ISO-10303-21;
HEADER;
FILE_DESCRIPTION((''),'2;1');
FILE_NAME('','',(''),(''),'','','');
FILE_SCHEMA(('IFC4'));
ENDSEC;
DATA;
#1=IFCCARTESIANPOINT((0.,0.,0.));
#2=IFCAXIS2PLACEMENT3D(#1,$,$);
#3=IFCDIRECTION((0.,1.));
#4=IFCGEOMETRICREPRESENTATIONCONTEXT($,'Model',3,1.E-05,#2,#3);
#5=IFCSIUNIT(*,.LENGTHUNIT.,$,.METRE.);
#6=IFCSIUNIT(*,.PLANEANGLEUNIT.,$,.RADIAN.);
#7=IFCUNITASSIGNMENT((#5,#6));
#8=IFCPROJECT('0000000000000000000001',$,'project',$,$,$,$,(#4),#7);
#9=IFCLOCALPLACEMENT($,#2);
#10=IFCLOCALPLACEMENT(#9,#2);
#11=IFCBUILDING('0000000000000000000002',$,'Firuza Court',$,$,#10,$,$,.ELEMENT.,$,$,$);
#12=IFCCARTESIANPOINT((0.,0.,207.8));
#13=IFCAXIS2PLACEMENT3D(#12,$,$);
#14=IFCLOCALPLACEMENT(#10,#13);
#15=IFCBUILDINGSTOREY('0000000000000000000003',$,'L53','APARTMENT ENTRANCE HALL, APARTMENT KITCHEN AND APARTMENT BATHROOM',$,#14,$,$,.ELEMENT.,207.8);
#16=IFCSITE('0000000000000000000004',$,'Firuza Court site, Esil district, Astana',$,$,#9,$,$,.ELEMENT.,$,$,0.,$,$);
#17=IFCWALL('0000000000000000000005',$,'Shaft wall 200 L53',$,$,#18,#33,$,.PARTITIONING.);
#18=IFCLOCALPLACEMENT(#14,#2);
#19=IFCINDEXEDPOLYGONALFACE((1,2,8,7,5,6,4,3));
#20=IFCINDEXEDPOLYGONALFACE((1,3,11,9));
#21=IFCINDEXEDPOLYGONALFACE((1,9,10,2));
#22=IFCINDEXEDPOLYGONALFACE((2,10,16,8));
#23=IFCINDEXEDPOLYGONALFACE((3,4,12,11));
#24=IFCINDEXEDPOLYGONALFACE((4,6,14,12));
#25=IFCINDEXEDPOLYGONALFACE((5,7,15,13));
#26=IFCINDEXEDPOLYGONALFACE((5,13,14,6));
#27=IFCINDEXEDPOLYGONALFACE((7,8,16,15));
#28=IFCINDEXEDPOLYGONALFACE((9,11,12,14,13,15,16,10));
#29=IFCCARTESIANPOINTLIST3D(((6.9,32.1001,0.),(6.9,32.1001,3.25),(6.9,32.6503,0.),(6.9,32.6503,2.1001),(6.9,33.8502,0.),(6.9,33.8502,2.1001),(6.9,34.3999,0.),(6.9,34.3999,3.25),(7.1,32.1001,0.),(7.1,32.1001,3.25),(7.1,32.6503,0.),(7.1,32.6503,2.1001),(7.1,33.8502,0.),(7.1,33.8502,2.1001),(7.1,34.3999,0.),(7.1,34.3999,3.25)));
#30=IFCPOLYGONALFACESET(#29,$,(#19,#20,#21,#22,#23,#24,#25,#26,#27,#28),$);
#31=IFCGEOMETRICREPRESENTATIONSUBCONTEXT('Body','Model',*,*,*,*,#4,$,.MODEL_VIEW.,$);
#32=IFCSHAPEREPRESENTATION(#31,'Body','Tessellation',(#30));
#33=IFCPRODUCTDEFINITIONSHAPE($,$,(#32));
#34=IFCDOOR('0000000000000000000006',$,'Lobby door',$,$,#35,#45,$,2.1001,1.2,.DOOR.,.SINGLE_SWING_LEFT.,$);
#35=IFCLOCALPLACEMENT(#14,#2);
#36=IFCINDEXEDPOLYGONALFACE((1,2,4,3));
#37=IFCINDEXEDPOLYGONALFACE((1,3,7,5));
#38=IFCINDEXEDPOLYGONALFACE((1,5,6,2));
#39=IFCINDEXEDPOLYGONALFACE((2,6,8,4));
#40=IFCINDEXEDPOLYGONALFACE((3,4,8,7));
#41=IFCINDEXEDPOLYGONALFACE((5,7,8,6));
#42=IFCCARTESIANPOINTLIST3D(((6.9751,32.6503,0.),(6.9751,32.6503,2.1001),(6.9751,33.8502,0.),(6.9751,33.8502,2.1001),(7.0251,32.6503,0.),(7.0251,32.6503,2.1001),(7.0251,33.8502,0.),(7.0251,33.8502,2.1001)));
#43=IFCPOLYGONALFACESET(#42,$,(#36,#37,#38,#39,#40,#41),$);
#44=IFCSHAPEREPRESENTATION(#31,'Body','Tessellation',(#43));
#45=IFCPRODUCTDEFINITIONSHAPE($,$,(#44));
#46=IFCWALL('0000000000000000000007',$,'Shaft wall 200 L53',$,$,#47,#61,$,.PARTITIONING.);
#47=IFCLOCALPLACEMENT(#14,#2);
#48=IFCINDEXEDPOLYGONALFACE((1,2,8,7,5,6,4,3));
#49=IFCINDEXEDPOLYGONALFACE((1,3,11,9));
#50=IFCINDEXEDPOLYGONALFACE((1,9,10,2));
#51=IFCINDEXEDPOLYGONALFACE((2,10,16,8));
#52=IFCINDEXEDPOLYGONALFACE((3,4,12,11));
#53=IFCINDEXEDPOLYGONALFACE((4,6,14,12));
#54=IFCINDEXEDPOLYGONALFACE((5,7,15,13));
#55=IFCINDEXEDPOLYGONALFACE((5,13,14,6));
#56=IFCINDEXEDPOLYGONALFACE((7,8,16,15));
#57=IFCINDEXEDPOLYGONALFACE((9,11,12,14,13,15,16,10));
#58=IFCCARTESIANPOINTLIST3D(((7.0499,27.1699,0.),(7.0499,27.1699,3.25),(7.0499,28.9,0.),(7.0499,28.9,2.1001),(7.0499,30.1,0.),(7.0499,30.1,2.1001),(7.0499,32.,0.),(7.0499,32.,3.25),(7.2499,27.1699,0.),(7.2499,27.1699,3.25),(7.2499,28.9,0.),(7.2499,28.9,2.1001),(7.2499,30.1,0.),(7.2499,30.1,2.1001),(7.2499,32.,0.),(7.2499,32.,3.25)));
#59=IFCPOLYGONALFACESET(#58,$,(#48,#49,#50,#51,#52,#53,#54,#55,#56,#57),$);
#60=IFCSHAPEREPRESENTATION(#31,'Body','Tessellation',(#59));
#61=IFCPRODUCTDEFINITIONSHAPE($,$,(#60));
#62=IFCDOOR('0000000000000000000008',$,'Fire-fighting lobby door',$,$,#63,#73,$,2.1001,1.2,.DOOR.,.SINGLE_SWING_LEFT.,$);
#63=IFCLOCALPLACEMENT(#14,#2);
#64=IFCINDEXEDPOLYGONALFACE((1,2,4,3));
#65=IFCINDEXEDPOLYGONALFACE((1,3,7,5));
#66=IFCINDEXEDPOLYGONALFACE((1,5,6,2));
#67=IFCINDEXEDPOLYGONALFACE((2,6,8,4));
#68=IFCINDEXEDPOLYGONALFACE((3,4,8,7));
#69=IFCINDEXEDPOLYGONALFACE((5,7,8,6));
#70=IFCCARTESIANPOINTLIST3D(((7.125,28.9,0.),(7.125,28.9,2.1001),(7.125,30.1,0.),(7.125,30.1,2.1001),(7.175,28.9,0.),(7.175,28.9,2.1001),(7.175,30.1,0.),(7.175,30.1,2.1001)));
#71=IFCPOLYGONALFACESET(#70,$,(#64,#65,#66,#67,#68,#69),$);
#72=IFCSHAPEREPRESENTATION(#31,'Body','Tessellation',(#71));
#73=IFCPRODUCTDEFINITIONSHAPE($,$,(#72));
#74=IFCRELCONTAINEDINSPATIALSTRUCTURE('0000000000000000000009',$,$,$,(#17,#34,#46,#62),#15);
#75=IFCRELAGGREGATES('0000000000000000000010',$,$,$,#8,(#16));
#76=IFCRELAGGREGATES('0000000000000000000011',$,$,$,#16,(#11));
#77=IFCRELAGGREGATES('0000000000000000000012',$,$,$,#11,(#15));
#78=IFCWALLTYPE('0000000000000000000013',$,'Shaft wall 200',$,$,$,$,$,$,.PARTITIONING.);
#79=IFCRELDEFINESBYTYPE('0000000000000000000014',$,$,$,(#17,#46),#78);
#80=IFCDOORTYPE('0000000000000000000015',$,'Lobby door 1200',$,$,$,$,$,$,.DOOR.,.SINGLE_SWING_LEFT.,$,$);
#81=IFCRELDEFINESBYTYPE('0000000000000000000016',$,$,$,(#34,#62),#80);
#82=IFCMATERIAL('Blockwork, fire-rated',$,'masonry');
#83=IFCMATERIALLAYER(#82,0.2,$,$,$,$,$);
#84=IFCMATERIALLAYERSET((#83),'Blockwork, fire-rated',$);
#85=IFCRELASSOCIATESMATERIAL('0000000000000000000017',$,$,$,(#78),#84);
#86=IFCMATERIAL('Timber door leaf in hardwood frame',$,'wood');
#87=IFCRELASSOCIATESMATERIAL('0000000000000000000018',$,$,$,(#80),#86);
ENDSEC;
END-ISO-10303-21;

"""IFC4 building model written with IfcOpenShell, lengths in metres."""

from ifc_helpers import new_model, si_unit, direction, frame, frame_2d, origin, place, context, subcontext, project, spatial, rectangle, extrude, material, layer, layer_set, type_object, element, fill, save


model = new_model("IFC4")

# Units and contexts
model_context = context("Model", 3, precision=1e-05, world=origin(), true_north=direction((0.0, 1.0)))
body_context = subcontext(model_context, "Body", "Model", "MODEL_VIEW")
ifc_project = project(units=[si_unit("LENGTHUNIT", "METRE"), si_unit("PLANEANGLEUNIT", "RADIAN")], contexts=[model_context])

# Site, building, storey
site_placement = place(None, origin())
site = spatial("IfcSite", under=ifc_project, at=site_placement, Name="Firuza Court site, Esil district, Astana", CompositionType="ELEMENT", RefElevation=0.0)
building_placement = place(site_placement, origin())
building = spatial("IfcBuilding", under=site, at=building_placement, Name="Firuza Court", CompositionType="ELEMENT")
storey_placement = place(building_placement, frame((0.0, 0.0, 207.8)))
storey = spatial("IfcBuildingStorey", under=building, at=storey_placement, Name="L53", Description="APARTMENT ENTRANCE HALL, APARTMENT KITCHEN AND APARTMENT BATHROOM", CompositionType="ELEMENT", Elevation=207.8)

# Shared definitions
ifc_material_1 = material(Name="Blockwork, fire-rated", Category="masonry")
ifc_layer_1 = layer(ifc_material_1, 0.2)
ifc_layer_set_1 = layer_set([ifc_layer_1], Name="Blockwork, fire-rated")
wall_type_1 = type_object("IfcWallType", Name="Shaft wall 200", PredefinedType="PARTITIONING", material=ifc_layer_set_1)

# Shared definitions
ifc_material_2 = material(Name="Timber door leaf in hardwood frame", Category="wood")
door_type_1 = type_object("IfcDoorType", Name="Lobby door 1200", OperationType="SINGLE_SWING_LEFT", PredefinedType="DOOR", material=ifc_material_2)

# Walls, openings, doors
wall_1_placement = place(storey_placement, frame((7.0, 32.1001, 0.0), z_axis=(0.0, 0.0, 1.0), x_axis=(0.0, 1.0, 0.0)))
wall_1 = element("IfcWall", 1, at=wall_1_placement, inside=storey, type_object=wall_type_1, Name="Shaft wall 200 L53", PredefinedType="PARTITIONING", context=body_context, shape_type="SweptSolid", body=[
    extrude(rectangle(XDim=2.2998, YDim=0.2, at=frame_2d((1.1499, 0.0))), origin(), (0.0, 0.0, 1.0), 3.25),
])
opening_1_placement = place(wall_1_placement, frame((0.55, 0.0, 0.0)))
opening_1 = element("IfcOpeningElement", 2, at=opening_1_placement, cuts=wall_1, PredefinedType="OPENING", context=body_context, shape_type="SweptSolid", body=[
    extrude(rectangle(XDim=1.2, YDim=2.1001, at=frame_2d((0.6001, 1.05))), frame((0.0, 0.1118, 0.0), z_axis=(0.0, -1.0, 0.0), x_axis=(1.0, 0.0, 0.0)), (0.0, 0.0, 1.0), 0.2239),
])
door_1_placement = place(opening_1_placement, origin())
door_1 = element("IfcDoor", 3, at=door_1_placement, inside=storey, type_object=door_type_1, Name="Lobby door", OperationType="SINGLE_SWING_LEFT", OverallHeight=2.1001, OverallWidth=1.2, PredefinedType="DOOR", context=body_context, shape_type="SweptSolid", body=[
    extrude(rectangle(XDim=1.2, YDim=2.1001, at=frame_2d((0.6001, 1.05))), frame((0.0, 0.0249, 0.0), z_axis=(0.0, -1.0, 0.0), x_axis=(1.0, 0.0, 0.0)), (0.0, 0.0, 1.0), 0.05),
])
fill(opening_1, door_1)
wall_2_placement = place(storey_placement, frame((7.1499, 27.1699, 0.0), z_axis=(0.0, 0.0, 1.0), x_axis=(0.0, 1.0, 0.0)))
wall_2 = element("IfcWall", 4, at=wall_2_placement, inside=storey, type_object=wall_type_1, Name="Shaft wall 200 L53", PredefinedType="PARTITIONING", context=body_context, shape_type="SweptSolid", body=[
    extrude(rectangle(XDim=4.8301, YDim=0.2, at=frame_2d((2.415, 0.0))), origin(), (0.0, 0.0, 1.0), 3.25),
])
opening_2_placement = place(wall_2_placement, frame((1.73, 0.0, 0.0)))
opening_2 = element("IfcOpeningElement", 5, at=opening_2_placement, cuts=wall_2, PredefinedType="OPENING", context=body_context, shape_type="SweptSolid", body=[
    extrude(rectangle(XDim=1.2, YDim=2.1001, at=frame_2d((0.6001, 1.05))), frame((0.0, 0.1118, 0.0), z_axis=(0.0, -1.0, 0.0), x_axis=(1.0, 0.0, 0.0)), (0.0, 0.0, 1.0), 0.2239),
])
door_2_placement = place(opening_2_placement, origin())
door_2 = element("IfcDoor", 6, at=door_2_placement, inside=storey, type_object=door_type_1, Name="Fire-fighting lobby door", OperationType="SINGLE_SWING_LEFT", OverallHeight=2.1001, OverallWidth=1.2, PredefinedType="DOOR", context=body_context, shape_type="SweptSolid", body=[
    extrude(rectangle(XDim=1.2, YDim=2.1001, at=frame_2d((0.6001, 1.05))), frame((0.0, 0.0249, 0.0), z_axis=(0.0, -1.0, 0.0), x_axis=(1.0, 0.0, 0.0)), (0.0, 0.0, 1.0), 0.05),
])
fill(opening_2, door_2)

save(model, "model.ifc")
